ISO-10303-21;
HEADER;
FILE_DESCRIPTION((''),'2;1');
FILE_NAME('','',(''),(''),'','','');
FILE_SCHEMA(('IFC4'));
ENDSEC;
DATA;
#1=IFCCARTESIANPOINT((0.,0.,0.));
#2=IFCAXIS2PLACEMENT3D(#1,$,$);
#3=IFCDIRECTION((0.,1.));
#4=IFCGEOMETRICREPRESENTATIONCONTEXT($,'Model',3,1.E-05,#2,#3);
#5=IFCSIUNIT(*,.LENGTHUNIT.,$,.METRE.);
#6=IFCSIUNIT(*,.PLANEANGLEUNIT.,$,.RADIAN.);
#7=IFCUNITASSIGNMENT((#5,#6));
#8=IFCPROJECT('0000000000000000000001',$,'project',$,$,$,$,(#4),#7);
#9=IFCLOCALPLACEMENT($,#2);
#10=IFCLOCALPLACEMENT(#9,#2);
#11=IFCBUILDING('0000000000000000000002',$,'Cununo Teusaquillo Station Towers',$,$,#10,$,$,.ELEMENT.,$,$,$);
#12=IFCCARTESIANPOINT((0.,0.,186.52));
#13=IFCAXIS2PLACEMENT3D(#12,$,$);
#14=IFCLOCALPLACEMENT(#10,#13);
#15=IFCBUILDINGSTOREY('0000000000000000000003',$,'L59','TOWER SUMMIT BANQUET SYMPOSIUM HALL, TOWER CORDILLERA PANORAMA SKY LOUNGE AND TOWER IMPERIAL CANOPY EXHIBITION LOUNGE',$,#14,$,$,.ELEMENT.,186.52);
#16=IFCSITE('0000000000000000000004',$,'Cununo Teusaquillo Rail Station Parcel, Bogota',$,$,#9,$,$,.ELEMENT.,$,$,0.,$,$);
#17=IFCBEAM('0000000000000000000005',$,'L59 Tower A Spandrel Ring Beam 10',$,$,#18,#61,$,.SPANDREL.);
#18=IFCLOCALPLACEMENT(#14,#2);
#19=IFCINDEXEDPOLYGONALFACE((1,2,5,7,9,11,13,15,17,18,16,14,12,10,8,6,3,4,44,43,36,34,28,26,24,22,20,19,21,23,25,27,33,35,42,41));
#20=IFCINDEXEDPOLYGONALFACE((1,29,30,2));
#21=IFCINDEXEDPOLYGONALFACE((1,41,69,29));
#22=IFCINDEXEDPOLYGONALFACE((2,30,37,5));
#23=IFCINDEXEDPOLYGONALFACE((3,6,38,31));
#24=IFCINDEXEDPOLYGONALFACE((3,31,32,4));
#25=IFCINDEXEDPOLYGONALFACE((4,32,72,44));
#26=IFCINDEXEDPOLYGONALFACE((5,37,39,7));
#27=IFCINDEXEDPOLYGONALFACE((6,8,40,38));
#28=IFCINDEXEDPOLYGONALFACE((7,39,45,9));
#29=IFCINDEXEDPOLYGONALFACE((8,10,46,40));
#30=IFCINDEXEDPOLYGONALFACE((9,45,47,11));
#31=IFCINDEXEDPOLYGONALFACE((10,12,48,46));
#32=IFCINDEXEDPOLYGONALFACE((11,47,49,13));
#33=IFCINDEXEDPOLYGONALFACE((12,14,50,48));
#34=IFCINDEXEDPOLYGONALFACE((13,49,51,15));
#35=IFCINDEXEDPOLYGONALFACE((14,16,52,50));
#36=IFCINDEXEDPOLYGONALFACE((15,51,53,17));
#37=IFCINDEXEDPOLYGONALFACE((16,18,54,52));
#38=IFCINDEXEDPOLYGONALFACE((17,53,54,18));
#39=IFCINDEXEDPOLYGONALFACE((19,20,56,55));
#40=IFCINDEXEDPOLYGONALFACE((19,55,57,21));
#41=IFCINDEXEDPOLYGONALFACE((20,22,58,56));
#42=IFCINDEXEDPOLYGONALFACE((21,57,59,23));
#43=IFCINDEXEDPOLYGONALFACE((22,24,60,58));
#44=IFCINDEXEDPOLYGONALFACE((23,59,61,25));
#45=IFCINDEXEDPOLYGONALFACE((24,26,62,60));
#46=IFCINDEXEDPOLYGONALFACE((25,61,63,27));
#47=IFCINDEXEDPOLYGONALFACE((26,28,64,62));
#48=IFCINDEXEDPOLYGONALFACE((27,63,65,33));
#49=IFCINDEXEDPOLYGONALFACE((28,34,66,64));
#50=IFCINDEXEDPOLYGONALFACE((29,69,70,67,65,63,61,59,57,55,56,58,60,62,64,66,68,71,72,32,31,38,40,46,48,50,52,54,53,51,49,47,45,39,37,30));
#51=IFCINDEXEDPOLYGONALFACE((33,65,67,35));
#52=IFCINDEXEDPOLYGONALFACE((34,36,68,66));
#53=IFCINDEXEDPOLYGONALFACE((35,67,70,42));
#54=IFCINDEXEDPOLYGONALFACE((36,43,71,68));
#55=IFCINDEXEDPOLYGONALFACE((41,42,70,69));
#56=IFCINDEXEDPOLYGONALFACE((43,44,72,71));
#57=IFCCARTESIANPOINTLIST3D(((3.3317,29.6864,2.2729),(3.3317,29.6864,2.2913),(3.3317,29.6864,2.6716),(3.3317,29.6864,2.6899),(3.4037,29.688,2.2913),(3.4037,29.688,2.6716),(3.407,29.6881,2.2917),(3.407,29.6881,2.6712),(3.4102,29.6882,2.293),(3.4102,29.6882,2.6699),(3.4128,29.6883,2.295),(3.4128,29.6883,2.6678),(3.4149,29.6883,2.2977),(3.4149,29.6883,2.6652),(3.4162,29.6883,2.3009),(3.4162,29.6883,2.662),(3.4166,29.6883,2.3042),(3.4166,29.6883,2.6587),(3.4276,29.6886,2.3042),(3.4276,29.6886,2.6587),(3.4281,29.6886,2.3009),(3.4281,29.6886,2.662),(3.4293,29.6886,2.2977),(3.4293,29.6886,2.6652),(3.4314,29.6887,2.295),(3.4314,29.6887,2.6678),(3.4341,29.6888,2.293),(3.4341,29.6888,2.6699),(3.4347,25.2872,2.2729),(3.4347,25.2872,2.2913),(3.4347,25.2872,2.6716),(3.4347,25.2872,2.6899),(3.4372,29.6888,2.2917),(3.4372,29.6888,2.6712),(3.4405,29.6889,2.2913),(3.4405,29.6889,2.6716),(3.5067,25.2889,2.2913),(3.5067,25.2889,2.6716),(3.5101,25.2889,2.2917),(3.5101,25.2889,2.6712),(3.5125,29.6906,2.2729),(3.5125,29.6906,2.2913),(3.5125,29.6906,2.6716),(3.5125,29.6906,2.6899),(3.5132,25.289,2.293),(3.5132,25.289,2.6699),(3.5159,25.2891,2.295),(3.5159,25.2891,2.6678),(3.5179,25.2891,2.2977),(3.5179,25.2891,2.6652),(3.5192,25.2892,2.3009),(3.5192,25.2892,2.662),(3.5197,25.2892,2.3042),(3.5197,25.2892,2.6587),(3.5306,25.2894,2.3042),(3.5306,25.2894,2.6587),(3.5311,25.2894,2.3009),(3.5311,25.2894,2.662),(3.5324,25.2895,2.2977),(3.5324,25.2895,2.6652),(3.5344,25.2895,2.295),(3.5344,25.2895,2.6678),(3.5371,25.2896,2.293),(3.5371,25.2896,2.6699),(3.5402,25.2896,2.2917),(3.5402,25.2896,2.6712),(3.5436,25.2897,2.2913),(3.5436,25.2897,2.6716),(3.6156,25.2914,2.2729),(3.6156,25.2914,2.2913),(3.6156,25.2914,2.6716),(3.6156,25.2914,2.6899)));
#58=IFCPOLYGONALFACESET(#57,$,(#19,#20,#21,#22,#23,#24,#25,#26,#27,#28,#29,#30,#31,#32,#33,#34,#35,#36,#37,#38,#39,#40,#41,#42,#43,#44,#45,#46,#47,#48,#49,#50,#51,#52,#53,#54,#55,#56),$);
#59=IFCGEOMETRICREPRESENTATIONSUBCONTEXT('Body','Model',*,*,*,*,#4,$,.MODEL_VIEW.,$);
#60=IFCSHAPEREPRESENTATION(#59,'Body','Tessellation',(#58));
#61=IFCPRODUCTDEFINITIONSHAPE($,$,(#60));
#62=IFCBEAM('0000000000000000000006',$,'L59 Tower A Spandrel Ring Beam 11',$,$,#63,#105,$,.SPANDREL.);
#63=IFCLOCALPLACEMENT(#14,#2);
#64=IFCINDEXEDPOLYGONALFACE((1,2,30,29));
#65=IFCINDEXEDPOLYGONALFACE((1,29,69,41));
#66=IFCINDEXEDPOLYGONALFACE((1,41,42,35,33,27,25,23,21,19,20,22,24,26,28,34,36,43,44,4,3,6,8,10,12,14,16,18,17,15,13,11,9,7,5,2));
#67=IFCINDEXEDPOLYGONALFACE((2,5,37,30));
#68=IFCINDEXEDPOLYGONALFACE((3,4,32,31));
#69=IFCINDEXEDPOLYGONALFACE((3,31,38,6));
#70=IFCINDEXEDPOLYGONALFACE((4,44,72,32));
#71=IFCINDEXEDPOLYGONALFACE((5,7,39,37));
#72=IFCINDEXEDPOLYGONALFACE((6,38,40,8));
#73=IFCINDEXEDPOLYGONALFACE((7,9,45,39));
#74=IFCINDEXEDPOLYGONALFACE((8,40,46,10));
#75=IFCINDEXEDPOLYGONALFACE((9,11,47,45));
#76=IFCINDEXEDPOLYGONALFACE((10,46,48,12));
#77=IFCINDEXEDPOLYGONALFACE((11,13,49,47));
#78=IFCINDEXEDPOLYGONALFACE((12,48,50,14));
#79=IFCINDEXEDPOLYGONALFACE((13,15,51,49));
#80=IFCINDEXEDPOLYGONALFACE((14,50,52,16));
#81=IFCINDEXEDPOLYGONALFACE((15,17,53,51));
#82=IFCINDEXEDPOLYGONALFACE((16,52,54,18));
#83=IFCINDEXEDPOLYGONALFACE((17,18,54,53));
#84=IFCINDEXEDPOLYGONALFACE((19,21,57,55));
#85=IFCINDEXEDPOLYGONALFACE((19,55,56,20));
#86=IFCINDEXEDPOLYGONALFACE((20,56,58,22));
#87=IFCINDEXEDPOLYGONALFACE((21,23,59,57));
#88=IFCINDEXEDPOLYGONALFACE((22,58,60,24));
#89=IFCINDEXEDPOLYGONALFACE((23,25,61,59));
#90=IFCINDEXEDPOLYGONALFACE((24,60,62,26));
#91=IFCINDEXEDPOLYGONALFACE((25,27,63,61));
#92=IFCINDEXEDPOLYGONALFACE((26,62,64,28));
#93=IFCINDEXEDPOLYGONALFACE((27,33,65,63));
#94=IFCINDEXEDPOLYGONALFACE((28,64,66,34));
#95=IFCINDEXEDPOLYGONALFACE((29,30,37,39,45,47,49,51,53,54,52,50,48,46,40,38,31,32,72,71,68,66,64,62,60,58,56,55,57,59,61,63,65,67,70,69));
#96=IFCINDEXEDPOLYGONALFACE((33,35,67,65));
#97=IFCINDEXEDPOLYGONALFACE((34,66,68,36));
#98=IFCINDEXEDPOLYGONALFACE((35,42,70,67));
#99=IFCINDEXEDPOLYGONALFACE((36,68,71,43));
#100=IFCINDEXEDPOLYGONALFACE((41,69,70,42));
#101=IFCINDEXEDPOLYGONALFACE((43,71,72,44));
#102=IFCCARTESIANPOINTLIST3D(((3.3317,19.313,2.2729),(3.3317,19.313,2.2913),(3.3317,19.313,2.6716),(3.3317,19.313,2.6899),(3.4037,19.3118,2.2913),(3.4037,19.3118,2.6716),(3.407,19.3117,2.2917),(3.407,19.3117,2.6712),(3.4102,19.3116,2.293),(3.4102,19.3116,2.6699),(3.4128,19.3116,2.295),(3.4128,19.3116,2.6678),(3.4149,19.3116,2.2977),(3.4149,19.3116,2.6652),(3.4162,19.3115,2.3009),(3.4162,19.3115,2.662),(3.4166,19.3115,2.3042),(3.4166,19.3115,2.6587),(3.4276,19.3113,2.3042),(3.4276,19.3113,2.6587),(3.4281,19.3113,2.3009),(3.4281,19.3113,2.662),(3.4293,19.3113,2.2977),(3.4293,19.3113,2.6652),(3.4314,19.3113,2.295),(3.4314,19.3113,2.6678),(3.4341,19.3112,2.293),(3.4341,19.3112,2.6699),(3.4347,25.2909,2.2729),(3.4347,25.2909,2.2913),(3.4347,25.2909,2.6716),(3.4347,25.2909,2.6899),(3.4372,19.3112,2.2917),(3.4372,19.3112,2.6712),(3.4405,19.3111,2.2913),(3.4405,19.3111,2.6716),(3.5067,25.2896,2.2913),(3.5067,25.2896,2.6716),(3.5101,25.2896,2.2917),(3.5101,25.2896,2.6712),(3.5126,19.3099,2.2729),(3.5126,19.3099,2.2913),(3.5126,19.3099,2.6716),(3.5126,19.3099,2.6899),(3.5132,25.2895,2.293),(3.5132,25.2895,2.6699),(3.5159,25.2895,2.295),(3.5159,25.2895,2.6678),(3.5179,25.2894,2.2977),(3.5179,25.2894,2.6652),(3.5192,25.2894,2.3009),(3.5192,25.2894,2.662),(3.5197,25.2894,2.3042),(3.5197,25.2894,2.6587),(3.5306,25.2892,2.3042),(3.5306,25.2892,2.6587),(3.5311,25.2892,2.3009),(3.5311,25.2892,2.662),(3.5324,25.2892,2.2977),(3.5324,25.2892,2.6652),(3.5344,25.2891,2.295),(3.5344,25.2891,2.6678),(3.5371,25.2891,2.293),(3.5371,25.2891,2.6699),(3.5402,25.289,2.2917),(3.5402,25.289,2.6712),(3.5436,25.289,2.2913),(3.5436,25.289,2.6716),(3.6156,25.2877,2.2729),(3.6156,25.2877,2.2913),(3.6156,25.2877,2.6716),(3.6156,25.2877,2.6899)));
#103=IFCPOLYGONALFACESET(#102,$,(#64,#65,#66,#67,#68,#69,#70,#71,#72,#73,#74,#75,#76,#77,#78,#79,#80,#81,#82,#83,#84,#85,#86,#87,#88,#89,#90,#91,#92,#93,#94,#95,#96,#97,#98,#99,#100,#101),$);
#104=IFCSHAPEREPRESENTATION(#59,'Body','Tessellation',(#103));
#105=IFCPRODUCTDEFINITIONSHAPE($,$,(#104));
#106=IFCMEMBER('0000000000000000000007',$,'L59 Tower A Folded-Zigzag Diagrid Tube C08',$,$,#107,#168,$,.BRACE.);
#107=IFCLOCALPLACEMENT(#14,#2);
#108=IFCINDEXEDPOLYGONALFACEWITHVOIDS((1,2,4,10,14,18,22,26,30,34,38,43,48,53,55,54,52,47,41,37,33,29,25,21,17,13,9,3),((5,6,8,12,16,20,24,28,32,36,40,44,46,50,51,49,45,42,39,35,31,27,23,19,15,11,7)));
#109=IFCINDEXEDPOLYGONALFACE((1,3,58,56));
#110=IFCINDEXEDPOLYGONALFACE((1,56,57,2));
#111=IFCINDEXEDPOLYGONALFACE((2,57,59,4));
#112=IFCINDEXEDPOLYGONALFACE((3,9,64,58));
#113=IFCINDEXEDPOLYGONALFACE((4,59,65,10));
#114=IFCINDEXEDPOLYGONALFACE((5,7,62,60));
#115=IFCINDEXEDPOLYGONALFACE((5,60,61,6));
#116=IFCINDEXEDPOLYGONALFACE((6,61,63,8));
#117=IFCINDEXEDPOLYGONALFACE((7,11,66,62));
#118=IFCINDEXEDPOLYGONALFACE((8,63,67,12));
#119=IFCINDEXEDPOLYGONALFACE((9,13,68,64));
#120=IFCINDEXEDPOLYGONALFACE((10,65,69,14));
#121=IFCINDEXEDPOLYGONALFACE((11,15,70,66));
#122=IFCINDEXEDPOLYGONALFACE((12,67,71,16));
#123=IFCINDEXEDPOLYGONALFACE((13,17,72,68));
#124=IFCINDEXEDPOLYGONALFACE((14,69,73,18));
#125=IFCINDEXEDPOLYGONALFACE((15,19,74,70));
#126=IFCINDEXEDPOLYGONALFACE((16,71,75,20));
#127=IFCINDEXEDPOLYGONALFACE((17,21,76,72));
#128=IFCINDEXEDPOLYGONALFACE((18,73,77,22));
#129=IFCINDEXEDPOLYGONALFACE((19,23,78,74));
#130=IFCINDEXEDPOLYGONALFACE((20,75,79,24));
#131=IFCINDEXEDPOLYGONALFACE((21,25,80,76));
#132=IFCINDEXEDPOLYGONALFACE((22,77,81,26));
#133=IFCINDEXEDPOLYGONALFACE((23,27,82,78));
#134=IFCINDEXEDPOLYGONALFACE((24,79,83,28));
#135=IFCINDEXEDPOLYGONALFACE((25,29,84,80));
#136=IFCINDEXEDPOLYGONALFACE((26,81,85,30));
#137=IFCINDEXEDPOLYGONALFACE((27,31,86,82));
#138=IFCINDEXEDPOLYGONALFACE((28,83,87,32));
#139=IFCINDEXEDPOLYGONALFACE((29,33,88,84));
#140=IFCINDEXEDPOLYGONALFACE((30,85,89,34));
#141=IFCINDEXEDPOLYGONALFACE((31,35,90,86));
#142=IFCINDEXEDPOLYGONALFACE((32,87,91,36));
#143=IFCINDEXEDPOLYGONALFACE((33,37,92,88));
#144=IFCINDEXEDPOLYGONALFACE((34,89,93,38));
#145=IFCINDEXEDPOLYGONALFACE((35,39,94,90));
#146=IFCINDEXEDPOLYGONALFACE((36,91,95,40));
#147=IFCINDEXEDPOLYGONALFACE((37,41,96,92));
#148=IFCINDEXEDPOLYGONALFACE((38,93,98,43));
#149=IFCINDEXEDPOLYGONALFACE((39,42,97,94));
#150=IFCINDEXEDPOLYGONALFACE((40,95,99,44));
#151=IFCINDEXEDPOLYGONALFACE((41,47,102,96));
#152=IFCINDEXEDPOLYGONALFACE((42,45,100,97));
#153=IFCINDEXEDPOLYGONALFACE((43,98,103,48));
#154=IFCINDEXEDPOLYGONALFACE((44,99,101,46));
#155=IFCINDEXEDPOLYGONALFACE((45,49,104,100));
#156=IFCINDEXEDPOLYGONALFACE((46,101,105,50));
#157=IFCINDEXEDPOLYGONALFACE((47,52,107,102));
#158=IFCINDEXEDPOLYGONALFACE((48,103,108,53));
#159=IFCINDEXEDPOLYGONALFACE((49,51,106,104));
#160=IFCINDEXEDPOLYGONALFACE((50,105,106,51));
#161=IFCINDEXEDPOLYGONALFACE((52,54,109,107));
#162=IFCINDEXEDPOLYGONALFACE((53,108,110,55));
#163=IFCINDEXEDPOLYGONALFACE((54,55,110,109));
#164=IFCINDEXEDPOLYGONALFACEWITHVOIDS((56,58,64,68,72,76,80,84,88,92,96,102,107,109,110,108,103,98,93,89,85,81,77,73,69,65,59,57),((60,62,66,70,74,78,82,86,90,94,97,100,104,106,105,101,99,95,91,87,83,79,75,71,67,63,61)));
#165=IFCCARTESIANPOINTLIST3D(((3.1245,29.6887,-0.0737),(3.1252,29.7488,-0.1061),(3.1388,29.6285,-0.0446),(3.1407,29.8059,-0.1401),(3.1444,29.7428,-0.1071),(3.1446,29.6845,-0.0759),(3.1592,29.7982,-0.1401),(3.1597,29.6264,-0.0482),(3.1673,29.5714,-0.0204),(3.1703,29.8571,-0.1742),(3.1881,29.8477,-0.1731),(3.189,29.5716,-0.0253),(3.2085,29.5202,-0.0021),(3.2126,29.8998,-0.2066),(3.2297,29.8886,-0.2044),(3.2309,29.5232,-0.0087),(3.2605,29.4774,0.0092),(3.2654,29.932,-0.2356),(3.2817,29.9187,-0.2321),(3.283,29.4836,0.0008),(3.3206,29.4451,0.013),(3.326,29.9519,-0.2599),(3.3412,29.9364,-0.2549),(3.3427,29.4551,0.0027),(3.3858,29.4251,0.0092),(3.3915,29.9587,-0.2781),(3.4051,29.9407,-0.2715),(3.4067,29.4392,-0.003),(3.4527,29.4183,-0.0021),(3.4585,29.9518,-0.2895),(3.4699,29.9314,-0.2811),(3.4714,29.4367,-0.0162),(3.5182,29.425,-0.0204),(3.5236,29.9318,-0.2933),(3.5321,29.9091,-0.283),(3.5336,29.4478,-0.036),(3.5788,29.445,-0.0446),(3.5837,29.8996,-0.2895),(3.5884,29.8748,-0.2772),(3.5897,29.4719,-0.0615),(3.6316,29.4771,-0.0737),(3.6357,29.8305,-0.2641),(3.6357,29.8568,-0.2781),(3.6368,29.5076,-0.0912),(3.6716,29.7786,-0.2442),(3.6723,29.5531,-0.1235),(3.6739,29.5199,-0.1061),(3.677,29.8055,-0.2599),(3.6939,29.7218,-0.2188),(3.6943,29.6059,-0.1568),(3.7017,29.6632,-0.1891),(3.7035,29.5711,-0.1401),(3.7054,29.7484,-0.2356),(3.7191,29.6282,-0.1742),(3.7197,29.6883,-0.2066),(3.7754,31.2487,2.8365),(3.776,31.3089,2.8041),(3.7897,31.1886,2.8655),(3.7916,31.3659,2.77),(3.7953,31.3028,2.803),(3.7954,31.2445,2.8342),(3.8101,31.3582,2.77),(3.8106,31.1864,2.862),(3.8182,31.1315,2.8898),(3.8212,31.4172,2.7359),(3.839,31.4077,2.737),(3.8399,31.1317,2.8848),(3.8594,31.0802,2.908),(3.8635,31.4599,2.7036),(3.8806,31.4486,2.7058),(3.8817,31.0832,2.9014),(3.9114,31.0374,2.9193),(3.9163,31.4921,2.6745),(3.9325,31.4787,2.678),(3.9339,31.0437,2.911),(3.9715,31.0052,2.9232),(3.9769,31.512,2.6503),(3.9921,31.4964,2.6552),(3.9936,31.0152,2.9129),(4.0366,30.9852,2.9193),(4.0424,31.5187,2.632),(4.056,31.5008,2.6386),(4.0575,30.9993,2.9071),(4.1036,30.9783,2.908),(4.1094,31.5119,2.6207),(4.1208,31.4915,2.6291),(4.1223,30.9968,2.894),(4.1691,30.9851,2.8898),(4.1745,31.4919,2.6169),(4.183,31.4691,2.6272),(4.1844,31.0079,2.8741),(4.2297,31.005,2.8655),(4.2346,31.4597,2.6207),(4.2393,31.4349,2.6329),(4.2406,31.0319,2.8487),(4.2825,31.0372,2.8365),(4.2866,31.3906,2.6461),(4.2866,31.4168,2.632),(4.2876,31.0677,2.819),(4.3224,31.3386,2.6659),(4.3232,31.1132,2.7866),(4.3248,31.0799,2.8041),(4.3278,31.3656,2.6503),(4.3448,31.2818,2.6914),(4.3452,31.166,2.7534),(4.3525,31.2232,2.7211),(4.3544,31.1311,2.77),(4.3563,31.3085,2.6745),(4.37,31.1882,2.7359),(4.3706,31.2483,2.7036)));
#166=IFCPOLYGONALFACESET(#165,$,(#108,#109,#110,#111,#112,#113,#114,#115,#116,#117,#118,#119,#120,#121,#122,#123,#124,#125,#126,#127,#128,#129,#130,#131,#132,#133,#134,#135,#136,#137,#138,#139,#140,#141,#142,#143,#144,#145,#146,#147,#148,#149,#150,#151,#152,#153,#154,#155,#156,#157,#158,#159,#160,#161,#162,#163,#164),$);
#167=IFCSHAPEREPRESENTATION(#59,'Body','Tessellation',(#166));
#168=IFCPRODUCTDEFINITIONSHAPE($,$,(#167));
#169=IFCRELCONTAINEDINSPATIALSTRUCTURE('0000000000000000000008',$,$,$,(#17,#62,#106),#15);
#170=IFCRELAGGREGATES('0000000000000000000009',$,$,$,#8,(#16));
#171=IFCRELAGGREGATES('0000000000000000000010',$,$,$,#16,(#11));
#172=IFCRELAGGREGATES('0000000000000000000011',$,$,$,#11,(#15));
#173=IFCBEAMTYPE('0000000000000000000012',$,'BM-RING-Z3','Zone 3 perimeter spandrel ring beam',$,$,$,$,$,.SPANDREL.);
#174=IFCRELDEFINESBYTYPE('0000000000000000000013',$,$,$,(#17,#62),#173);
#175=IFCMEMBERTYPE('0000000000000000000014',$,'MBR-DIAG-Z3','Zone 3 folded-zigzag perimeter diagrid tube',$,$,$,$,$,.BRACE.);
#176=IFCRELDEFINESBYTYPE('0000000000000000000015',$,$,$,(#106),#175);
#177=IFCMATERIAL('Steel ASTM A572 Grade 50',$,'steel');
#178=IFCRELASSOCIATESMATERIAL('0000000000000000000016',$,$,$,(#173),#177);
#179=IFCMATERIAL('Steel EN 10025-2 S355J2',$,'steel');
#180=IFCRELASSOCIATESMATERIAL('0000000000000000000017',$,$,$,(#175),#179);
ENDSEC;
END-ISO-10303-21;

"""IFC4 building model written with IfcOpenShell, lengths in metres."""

from ifc_helpers import new_model, si_unit, direction, frame, origin, origin_2d, place, context, subcontext, project, spatial, hollow_circle, i_section, extrude, material, material_profile, profile_set, type_object, element, save


model = new_model("IFC4")

# Units and contexts
model_context = context("Model", 3, precision=1e-05, world=origin(), true_north=direction((0.0, 1.0)))
body_context = subcontext(model_context, "Body", "Model", "MODEL_VIEW")
ifc_project = project(units=[si_unit("LENGTHUNIT", "METRE"), si_unit("PLANEANGLEUNIT", "RADIAN")], contexts=[model_context])

# Site, building, storey
site_placement = place(None, origin())
site = spatial("IfcSite", under=ifc_project, at=site_placement, Name="Cununo Teusaquillo Rail Station Parcel, Bogota", CompositionType="ELEMENT", RefElevation=0.0)
building_placement = place(site_placement, origin())
building = spatial("IfcBuilding", under=site, at=building_placement, Name="Cununo Teusaquillo Station Towers", CompositionType="ELEMENT")
storey_placement = place(building_placement, frame((0.0, 0.0, 186.52)))
storey = spatial("IfcBuildingStorey", under=building, at=storey_placement, Name="L59", Description="TOWER SUMMIT BANQUET SYMPOSIUM HALL, TOWER CORDILLERA PANORAMA SKY LOUNGE AND TOWER IMPERIAL CANOPY EXHIBITION LOUNGE", CompositionType="ELEMENT", Elevation=186.52)

# Beams
ifc_material_1 = material(Name="Steel ASTM A572 Grade 50", Category="steel")
ifc_material_profile_1 = material_profile(ifc_material_1, i_section(OverallWidth=0.1809, OverallDepth=0.417, WebThickness=0.011, FlangeThickness=0.0183, FilletRadius=0.0129, at=origin_2d()), Name="W16X57")
ifc_profile_set_1 = profile_set([ifc_material_profile_1], Name="Steel ASTM A572 Grade 50")
beam_type_1 = type_object("IfcBeamType", Name="BM-RING-Z3", Description="Zone 3 perimeter spandrel ring beam", PredefinedType="SPANDREL", material=ifc_profile_set_1)
beam_1_placement = place(storey_placement, frame((3.4221, 29.6885, 2.4814), z_axis=(0.023413, -0.999726, 0.0), x_axis=(0.999726, 0.023413, 0.0)))
element("IfcBeam", 1, at=beam_1_placement, inside=storey, type_object=beam_type_1, Name="L59 Tower A Spandrel Ring Beam 10", PredefinedType="SPANDREL", context=body_context, shape_type="SweptSolid", body=[
    extrude(i_section(OverallWidth=0.1809, OverallDepth=0.417, WebThickness=0.011, FlangeThickness=0.0183, FilletRadius=0.0129, at=origin_2d()), origin(), (0.0, 0.0, 1.0), 4.4004),
])
beam_2_placement = place(storey_placement, frame((3.5251, 25.2893, 2.4814), z_axis=(-0.017232, -0.999852, 0.0), x_axis=(0.999852, -0.017232, 0.0)))
element("IfcBeam", 2, at=beam_2_placement, inside=storey, type_object=beam_type_1, Name="L59 Tower A Spandrel Ring Beam 11", PredefinedType="SPANDREL", context=body_context, shape_type="SweptSolid", body=[
    extrude(i_section(OverallWidth=0.1809, OverallDepth=0.417, WebThickness=0.011, FlangeThickness=0.0183, FilletRadius=0.0129, at=origin_2d()), origin(), (0.0, 0.0, 1.0), 5.9788),
])

# Member
ifc_material_2 = material(Name="Steel EN 10025-2 S355J2", Category="steel")
ifc_material_profile_2 = material_profile(ifc_material_2, hollow_circle(Radius=0.3049, WallThickness=0.02, at=origin_2d()), Name="CHS 610x20")
ifc_profile_set_2 = profile_set([ifc_material_profile_2], Name="Steel EN 10025-2 S355J2")
member_type = type_object("IfcMemberType", Name="MBR-DIAG-Z3", Description="Zone 3 folded-zigzag perimeter diagrid tube", PredefinedType="BRACE", material=ifc_profile_set_2)
member_1_placement = place(storey_placement, frame((3.4221, 29.6885, -0.1401), z_axis=(0.193399, 0.463548, 0.864708), x_axis=(-0.922897, 0.385046, 0.0)))
element("IfcMember", 3, at=member_1_placement, inside=storey, type_object=member_type, Name="L59 Tower A Folded-Zigzag Diagrid Tube C08", PredefinedType="BRACE", context=body_context, shape_type="SweptSolid", body=[
    extrude(hollow_circle(Radius=0.3049, WallThickness=0.02, at=origin_2d()), origin(), (0.0, 0.0, 1.0), 3.3655),
])

save(model, "model.ifc")
